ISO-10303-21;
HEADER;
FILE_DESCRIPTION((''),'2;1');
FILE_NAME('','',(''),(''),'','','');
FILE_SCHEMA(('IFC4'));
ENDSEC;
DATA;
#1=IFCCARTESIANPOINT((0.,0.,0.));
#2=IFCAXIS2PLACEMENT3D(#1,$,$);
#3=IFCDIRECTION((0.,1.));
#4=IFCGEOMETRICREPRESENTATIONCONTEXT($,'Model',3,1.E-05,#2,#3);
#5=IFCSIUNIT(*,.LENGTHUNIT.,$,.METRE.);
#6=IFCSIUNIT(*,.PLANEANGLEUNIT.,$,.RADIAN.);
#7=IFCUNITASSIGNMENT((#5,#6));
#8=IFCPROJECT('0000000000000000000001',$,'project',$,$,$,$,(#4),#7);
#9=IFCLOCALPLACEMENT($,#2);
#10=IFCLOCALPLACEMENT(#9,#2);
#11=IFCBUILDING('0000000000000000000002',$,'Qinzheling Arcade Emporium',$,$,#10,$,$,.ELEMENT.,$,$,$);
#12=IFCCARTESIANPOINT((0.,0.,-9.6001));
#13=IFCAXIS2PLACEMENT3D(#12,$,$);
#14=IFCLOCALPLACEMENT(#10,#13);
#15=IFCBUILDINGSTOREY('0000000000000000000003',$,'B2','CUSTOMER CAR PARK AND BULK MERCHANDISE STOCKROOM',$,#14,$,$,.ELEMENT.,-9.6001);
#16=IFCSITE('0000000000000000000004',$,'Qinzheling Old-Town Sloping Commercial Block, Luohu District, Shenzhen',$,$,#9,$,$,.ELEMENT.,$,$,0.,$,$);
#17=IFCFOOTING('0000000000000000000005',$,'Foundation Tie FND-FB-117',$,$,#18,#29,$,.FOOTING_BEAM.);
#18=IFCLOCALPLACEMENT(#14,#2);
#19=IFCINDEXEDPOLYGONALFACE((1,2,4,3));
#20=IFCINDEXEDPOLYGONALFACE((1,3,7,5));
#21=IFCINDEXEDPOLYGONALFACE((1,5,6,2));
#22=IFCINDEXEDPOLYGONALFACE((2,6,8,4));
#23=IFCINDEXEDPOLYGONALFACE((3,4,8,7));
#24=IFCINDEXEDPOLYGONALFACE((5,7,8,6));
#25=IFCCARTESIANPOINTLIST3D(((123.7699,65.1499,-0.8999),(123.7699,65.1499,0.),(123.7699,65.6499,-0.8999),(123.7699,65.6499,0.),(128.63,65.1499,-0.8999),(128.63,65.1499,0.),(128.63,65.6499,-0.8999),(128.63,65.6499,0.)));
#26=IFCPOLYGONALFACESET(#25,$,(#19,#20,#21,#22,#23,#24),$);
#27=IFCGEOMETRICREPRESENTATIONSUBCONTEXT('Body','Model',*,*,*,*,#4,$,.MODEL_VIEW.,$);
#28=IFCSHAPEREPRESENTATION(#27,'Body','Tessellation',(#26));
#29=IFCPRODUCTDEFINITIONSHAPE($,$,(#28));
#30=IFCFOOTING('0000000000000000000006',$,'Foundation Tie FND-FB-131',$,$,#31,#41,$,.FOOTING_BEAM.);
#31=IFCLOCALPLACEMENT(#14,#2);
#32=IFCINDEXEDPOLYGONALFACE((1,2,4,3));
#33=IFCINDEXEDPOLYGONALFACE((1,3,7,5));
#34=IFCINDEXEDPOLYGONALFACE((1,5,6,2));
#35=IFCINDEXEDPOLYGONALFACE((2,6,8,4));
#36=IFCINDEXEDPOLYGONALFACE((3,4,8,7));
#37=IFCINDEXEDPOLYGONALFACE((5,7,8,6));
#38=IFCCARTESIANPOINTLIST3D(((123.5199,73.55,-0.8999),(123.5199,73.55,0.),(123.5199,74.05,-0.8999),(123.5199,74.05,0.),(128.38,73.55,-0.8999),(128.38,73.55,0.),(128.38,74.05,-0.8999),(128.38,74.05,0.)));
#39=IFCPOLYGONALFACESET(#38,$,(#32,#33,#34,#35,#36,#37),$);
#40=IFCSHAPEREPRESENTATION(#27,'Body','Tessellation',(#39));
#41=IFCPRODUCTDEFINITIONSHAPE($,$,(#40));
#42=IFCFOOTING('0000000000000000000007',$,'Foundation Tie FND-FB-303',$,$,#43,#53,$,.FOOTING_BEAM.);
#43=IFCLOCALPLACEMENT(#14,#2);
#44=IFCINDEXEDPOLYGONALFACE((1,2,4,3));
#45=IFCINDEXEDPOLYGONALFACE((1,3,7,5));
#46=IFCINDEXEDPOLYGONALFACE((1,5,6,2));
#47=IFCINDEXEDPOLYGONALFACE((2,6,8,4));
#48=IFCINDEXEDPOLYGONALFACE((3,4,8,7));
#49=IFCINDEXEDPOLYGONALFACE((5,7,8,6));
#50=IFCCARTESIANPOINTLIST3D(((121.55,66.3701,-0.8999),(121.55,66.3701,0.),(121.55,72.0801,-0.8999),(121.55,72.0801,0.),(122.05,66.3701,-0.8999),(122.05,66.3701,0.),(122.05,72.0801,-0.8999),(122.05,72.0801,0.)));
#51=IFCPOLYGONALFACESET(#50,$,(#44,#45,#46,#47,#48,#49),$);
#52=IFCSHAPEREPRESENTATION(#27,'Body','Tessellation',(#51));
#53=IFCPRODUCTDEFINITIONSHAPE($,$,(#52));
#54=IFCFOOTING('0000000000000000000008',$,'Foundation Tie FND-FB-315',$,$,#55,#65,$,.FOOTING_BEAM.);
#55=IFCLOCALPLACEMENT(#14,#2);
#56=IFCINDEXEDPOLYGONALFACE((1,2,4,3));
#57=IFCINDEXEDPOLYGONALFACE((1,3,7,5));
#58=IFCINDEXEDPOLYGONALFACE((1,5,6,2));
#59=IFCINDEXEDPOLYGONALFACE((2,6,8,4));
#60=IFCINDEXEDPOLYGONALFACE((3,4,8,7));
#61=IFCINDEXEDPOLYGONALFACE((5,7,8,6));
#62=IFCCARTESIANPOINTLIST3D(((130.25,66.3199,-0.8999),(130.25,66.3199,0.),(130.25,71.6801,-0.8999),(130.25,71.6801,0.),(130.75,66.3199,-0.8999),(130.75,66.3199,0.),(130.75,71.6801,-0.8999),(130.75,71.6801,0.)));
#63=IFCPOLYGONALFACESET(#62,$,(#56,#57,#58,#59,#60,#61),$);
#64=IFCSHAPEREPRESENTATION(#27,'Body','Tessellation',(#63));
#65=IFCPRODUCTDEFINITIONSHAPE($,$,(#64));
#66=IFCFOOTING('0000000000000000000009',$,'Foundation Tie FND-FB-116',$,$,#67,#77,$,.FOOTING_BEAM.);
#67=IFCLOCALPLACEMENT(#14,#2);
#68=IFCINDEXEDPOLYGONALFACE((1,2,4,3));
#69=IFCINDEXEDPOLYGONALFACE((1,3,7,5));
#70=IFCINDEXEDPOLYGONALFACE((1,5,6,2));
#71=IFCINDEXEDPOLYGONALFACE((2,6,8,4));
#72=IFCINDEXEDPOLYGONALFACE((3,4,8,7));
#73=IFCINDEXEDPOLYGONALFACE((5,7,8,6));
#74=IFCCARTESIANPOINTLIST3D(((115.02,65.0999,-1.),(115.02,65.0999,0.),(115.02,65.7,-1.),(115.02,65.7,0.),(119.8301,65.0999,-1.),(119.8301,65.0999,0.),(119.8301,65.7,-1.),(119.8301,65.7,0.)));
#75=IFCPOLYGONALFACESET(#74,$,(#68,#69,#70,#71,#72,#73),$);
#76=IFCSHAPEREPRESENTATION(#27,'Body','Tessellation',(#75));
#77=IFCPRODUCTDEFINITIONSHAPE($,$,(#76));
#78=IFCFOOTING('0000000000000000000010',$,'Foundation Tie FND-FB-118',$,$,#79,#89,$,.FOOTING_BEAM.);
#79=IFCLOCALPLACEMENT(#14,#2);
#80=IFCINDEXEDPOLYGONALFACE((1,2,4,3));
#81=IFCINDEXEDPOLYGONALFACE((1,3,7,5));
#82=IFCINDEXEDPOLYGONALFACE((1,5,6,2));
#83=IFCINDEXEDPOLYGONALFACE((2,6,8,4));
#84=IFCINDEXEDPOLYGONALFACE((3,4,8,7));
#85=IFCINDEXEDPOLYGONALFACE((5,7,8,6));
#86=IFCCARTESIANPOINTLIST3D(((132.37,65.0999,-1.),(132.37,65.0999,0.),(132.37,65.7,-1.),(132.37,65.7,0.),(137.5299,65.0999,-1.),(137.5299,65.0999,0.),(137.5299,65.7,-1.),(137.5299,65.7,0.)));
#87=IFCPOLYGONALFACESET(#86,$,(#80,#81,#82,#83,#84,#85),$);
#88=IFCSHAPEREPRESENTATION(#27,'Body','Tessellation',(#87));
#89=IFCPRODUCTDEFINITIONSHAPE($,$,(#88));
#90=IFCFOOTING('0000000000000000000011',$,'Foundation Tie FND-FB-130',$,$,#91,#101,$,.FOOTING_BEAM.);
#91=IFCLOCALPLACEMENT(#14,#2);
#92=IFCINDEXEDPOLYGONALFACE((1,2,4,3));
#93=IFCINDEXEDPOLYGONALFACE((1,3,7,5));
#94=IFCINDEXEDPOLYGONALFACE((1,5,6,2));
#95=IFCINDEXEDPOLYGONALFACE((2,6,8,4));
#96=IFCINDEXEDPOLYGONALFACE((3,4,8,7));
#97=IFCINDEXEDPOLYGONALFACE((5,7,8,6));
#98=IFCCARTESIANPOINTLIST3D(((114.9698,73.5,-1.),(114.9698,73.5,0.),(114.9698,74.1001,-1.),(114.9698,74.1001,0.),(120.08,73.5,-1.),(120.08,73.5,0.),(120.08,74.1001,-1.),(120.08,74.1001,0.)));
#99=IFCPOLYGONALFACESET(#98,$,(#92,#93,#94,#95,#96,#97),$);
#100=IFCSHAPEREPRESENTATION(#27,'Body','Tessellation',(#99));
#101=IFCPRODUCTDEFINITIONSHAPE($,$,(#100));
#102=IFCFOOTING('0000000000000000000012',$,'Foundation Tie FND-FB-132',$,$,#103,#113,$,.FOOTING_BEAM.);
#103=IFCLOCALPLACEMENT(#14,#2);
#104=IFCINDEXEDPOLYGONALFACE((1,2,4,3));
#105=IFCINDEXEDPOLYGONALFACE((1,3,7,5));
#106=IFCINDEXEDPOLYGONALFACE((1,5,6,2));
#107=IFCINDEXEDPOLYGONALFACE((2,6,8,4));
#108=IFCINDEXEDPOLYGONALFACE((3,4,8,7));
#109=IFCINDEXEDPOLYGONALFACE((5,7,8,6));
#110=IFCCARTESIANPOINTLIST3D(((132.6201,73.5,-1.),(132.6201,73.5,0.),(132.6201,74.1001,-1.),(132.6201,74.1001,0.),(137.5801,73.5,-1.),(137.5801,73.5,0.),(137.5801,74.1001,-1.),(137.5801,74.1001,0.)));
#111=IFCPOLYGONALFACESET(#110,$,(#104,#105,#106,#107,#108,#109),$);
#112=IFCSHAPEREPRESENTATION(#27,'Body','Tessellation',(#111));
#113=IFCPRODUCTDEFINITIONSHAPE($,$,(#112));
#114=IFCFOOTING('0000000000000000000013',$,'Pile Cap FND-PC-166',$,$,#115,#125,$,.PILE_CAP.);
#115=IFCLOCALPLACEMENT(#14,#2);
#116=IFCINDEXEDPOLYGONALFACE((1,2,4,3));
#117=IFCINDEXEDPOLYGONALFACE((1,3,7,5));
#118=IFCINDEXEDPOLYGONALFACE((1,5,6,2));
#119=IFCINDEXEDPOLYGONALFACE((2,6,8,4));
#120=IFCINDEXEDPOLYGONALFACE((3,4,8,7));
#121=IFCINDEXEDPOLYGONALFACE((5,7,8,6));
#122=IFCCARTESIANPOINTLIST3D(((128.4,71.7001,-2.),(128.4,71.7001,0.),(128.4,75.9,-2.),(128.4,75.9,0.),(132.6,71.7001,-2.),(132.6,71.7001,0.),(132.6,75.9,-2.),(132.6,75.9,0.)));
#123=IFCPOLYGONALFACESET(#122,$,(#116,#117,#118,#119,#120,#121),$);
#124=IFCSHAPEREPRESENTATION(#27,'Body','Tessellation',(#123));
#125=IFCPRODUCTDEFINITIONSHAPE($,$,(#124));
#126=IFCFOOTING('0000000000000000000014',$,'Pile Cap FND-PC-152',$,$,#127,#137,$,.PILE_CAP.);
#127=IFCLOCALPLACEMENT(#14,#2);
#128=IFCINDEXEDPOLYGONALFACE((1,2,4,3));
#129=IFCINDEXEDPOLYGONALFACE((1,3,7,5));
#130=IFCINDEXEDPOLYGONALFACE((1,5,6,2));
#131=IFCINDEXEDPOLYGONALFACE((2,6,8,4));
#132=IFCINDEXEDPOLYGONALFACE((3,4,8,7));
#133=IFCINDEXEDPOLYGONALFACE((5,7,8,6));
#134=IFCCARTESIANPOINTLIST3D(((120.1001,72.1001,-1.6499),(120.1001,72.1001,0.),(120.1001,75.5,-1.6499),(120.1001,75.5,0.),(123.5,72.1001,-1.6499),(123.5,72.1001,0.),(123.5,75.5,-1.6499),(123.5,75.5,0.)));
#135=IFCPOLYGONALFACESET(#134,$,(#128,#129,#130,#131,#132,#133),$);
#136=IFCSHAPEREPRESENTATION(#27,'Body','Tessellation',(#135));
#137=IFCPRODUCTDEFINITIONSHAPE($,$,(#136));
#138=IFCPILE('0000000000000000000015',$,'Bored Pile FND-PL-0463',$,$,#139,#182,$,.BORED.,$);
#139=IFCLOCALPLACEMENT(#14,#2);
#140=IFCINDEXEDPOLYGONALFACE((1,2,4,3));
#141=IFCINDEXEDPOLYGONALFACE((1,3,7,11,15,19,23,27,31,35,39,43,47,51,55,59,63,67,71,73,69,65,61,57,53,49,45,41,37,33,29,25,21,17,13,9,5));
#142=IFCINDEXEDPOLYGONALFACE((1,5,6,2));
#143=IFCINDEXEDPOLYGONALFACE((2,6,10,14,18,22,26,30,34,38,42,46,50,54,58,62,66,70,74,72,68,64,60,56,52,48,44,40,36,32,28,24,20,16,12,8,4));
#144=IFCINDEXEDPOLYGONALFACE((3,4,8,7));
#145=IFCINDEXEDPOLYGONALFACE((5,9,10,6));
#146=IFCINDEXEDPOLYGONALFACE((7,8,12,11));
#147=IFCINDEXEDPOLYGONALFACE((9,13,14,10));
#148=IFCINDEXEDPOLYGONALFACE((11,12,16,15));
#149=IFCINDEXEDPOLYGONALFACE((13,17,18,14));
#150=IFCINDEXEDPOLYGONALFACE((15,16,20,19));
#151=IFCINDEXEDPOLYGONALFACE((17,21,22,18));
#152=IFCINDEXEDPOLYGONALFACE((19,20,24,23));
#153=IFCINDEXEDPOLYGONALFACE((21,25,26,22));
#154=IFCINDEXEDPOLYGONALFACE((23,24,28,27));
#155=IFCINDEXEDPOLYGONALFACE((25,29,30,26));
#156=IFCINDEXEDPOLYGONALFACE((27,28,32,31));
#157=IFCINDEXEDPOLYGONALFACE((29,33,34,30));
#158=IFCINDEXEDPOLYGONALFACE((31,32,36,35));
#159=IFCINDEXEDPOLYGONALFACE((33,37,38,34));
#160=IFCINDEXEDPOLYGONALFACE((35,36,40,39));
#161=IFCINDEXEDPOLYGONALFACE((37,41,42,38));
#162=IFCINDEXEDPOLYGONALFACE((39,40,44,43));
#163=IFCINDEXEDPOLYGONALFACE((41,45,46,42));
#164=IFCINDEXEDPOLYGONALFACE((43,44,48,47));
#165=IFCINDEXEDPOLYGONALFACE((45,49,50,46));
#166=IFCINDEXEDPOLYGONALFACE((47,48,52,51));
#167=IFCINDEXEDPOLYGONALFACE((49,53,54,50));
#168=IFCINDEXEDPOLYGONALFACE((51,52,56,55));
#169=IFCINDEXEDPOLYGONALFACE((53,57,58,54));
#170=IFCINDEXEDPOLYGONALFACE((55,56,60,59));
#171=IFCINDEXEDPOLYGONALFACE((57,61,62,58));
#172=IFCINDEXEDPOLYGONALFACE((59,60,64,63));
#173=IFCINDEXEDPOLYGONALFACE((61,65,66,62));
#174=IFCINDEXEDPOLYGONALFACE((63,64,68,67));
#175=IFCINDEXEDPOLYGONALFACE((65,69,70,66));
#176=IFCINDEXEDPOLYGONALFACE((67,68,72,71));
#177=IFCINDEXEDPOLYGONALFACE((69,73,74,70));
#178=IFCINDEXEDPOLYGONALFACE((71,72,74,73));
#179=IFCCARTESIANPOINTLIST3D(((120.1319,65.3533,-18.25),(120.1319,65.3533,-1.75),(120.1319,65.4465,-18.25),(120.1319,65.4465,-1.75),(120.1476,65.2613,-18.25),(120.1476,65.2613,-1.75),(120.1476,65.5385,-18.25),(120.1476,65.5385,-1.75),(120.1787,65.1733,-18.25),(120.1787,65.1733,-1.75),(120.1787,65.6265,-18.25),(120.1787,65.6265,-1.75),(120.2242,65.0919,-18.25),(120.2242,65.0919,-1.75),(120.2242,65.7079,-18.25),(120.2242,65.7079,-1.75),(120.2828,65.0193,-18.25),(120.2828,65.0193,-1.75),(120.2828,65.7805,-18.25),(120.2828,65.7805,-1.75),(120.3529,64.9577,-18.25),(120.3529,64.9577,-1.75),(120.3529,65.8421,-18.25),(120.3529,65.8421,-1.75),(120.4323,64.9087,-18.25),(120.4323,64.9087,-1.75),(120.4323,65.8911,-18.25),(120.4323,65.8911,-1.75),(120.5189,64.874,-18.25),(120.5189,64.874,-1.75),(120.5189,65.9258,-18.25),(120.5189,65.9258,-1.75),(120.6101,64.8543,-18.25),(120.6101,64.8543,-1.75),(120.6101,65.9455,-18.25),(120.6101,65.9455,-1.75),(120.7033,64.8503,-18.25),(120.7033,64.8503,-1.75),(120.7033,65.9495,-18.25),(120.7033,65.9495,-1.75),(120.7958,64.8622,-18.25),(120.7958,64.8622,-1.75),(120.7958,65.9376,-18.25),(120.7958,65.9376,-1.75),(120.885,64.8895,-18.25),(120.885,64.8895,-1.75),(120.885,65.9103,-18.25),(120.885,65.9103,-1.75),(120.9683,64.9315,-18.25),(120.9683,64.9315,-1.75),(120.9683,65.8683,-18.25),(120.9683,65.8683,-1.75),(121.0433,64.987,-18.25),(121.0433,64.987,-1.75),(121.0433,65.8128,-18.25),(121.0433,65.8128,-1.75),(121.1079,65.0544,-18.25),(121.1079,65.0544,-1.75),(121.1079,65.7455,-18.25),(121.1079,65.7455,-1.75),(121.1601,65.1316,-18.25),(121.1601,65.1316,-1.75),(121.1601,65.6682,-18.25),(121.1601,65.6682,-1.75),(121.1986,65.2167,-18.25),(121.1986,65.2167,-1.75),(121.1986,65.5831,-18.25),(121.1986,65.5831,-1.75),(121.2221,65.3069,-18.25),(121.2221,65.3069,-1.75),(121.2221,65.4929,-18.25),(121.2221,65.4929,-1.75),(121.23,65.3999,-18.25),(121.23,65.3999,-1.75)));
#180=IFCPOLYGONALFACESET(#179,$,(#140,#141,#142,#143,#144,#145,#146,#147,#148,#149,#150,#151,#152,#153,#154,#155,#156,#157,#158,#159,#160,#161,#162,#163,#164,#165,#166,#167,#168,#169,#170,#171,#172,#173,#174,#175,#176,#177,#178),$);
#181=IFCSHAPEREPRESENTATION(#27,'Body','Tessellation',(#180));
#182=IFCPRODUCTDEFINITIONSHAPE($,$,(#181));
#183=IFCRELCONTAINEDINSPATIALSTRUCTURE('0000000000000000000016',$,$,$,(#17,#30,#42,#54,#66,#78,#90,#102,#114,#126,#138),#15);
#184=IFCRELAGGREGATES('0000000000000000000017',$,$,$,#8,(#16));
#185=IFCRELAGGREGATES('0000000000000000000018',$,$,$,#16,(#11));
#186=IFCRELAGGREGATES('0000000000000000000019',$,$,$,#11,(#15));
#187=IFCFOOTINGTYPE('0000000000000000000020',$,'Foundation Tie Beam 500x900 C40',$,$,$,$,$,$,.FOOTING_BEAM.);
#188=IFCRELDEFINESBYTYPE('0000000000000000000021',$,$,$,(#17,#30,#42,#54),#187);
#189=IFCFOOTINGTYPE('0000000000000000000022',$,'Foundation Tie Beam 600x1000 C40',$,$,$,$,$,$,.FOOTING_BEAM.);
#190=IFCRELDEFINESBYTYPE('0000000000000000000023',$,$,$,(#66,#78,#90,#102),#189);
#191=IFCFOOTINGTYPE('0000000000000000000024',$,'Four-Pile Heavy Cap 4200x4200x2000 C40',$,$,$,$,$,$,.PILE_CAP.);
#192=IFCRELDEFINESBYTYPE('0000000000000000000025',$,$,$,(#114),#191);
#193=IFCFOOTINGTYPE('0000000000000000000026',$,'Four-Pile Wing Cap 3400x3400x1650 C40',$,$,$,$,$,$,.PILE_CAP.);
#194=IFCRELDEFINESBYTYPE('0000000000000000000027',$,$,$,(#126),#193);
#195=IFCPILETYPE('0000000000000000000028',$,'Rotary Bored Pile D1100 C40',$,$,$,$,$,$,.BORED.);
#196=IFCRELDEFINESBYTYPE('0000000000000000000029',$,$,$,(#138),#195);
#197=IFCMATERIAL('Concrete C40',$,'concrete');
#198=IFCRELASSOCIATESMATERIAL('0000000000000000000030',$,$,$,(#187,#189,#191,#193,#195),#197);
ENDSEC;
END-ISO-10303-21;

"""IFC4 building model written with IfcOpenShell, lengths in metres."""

from ifc_helpers import new_model, si_unit, direction, frame, origin, origin_2d, place, context, subcontext, project, spatial, rectangle, circle, extrude, material, material_profile, profile_set, type_object, element, save


model = new_model("IFC4")

# Units and contexts
model_context = context("Model", 3, precision=1e-05, world=origin(), true_north=direction((0.0, 1.0)))
body_context = subcontext(model_context, "Body", "Model", "MODEL_VIEW")
ifc_project = project(units=[si_unit("LENGTHUNIT", "METRE"), si_unit("PLANEANGLEUNIT", "RADIAN")], contexts=[model_context])

# Site, building, storey
site_placement = place(None, origin())
site = spatial("IfcSite", under=ifc_project, at=site_placement, Name="Qinzheling Old-Town Sloping Commercial Block, Luohu District, Shenzhen", CompositionType="ELEMENT", RefElevation=0.0)
building_placement = place(site_placement, origin())
building = spatial("IfcBuilding", under=site, at=building_placement, Name="Qinzheling Arcade Emporium", CompositionType="ELEMENT")
storey_placement = place(building_placement, frame((0.0, 0.0, -9.6001)))
storey = spatial("IfcBuildingStorey", under=building, at=storey_placement, Name="B2", Description="CUSTOMER CAR PARK AND BULK MERCHANDISE STOCKROOM", CompositionType="ELEMENT", Elevation=-9.6001)

# Footings
ifc_material_1 = material(Name="Concrete C40", Category="concrete")
footing_type_1 = type_object("IfcFootingType", Name="Foundation Tie Beam 500x900 C40", PredefinedType="FOOTING_BEAM", material=ifc_material_1)
for number, where, z_axis, x_axis, name in (
    (1, (126.2, 65.3999, -0.8999), (0.0, 0.0, 1.0), (1.0, 0.0, 0.0), "Foundation Tie FND-FB-117"),
    (2, (125.95, 73.8, -0.8999), (0.0, 0.0, 1.0), (1.0, 0.0, 0.0), "Foundation Tie FND-FB-131"),
):
    element("IfcFooting", number, at=place(storey_placement, frame(where, z_axis=z_axis, x_axis=x_axis)), inside=storey, type_object=footing_type_1, Name=name, PredefinedType="FOOTING_BEAM", context=body_context, shape_type="SweptSolid", body=[
        extrude(rectangle(XDim=4.8601, YDim=0.5, at=origin_2d()), origin(), (0.0, 0.0, 1.0), 0.8999),
    ])
footing_1_placement = place(storey_placement, frame((121.8, 69.2251, -0.8999), z_axis=(0.0, 0.0, 1.0), x_axis=(1.0, 0.0, 0.0)))
element("IfcFooting", 3, at=footing_1_placement, inside=storey, type_object=footing_type_1, Name="Foundation Tie FND-FB-303", PredefinedType="FOOTING_BEAM", context=body_context, shape_type="SweptSolid", body=[
    extrude(rectangle(XDim=0.5, YDim=5.71, at=origin_2d()), origin(), (0.0, 0.0, 1.0), 0.8999),
])
footing_2_placement = place(storey_placement, frame((130.5, 69.0, -0.8999), z_axis=(0.0, 0.0, 1.0), x_axis=(1.0, 0.0, 0.0)))
element("IfcFooting", 4, at=footing_2_placement, inside=storey, type_object=footing_type_1, Name="Foundation Tie FND-FB-315", PredefinedType="FOOTING_BEAM", context=body_context, shape_type="SweptSolid", body=[
    extrude(rectangle(XDim=0.5, YDim=5.3601, at=origin_2d()), origin(), (0.0, 0.0, 1.0), 0.8999),
])
footing_type_2 = type_object("IfcFootingType", Name="Foundation Tie Beam 600x1000 C40", PredefinedType="FOOTING_BEAM", material=ifc_material_1)
footing_3_placement = place(storey_placement, frame((117.425, 65.3999, -1.0), z_axis=(0.0, 0.0, 1.0), x_axis=(1.0, 0.0, 0.0)))
element("IfcFooting", 5, at=footing_3_placement, inside=storey, type_object=footing_type_2, Name="Foundation Tie FND-FB-116", PredefinedType="FOOTING_BEAM", context=body_context, shape_type="SweptSolid", body=[
    extrude(rectangle(XDim=4.8101, YDim=0.6001, at=origin_2d()), origin(), (0.0, 0.0, 1.0), 1.0),
])
footing_4_placement = place(storey_placement, frame((134.95, 65.3999, -1.0), z_axis=(0.0, 0.0, 1.0), x_axis=(1.0, 0.0, 0.0)))
element("IfcFooting", 6, at=footing_4_placement, inside=storey, type_object=footing_type_2, Name="Foundation Tie FND-FB-118", PredefinedType="FOOTING_BEAM", context=body_context, shape_type="SweptSolid", body=[
    extrude(rectangle(XDim=5.1599, YDim=0.6001, at=origin_2d()), origin(), (0.0, 0.0, 1.0), 1.0),
])
footing_5_placement = place(storey_placement, frame((117.5249, 73.8, -1.0), z_axis=(0.0, 0.0, 1.0), x_axis=(1.0, 0.0, 0.0)))
element("IfcFooting", 7, at=footing_5_placement, inside=storey, type_object=footing_type_2, Name="Foundation Tie FND-FB-130", PredefinedType="FOOTING_BEAM", context=body_context, shape_type="SweptSolid", body=[
    extrude(rectangle(XDim=5.1101, YDim=0.6001, at=origin_2d()), origin(), (0.0, 0.0, 1.0), 1.0),
])
footing_6_placement = place(storey_placement, frame((135.1001, 73.8, -1.0), z_axis=(0.0, 0.0, 1.0), x_axis=(1.0, 0.0, 0.0)))
element("IfcFooting", 8, at=footing_6_placement, inside=storey, type_object=footing_type_2, Name="Foundation Tie FND-FB-132", PredefinedType="FOOTING_BEAM", context=body_context, shape_type="SweptSolid", body=[
    extrude(rectangle(XDim=4.96, YDim=0.6001, at=origin_2d()), origin(), (0.0, 0.0, 1.0), 1.0),
])
footing_type_3 = type_object("IfcFootingType", Name="Four-Pile Heavy Cap 4200x4200x2000 C40", PredefinedType="PILE_CAP", material=ifc_material_1)
footing_7_placement = place(storey_placement, frame((130.5, 73.8, -2.0), z_axis=(0.0, 0.0, 1.0), x_axis=(1.0, 0.0, 0.0)))
element("IfcFooting", 9, at=footing_7_placement, inside=storey, type_object=footing_type_3, Name="Pile Cap FND-PC-166", PredefinedType="PILE_CAP", context=body_context, shape_type="SweptSolid", body=[
    extrude(rectangle(XDim=4.2, YDim=4.2, at=origin_2d()), origin(), (0.0, 0.0, 1.0), 2.0),
])
footing_type_4 = type_object("IfcFootingType", Name="Four-Pile Wing Cap 3400x3400x1650 C40", PredefinedType="PILE_CAP", material=ifc_material_1)
footing_8_placement = place(storey_placement, frame((121.8, 73.8, -1.6499), z_axis=(0.0, 0.0, 1.0), x_axis=(1.0, 0.0, 0.0)))
element("IfcFooting", 10, at=footing_8_placement, inside=storey, type_object=footing_type_4, Name="Pile Cap FND-PC-152", PredefinedType="PILE_CAP", context=body_context, shape_type="SweptSolid", body=[
    extrude(rectangle(XDim=3.3999, YDim=3.3999, at=origin_2d()), origin(), (0.0, 0.0, 1.0), 1.6499),
])

# Pile
ifc_material_profile_1 = material_profile(ifc_material_1, circle(Radius=0.55, at=origin_2d()), Name="BORED D1100", Category="concrete")
ifc_profile_set_1 = profile_set([ifc_material_profile_1], Name="Concrete C40")
pile_type_1 = type_object("IfcPileType", Name="Rotary Bored Pile D1100 C40", PredefinedType="BORED", material=ifc_profile_set_1)
for number, where, z_axis, x_axis, name in (
    (11, (120.6799, 65.3999, -1.75), (0.0, 0.0, -1.0), (1.0, 0.0, 0.0), "Bored Pile FND-PL-0463"),
):
    element("IfcPile", number, at=place(storey_placement, frame(where, z_axis=z_axis, x_axis=x_axis)), inside=storey, type_object=pile_type_1, Name=name, PredefinedType="BORED", context=body_context, shape_type="SweptSolid", body=[
        extrude(circle(Radius=0.55, at=origin_2d()), origin(), (0.0, 0.0, 1.0), 16.5),
    ])

save(model, "model.ifc")
